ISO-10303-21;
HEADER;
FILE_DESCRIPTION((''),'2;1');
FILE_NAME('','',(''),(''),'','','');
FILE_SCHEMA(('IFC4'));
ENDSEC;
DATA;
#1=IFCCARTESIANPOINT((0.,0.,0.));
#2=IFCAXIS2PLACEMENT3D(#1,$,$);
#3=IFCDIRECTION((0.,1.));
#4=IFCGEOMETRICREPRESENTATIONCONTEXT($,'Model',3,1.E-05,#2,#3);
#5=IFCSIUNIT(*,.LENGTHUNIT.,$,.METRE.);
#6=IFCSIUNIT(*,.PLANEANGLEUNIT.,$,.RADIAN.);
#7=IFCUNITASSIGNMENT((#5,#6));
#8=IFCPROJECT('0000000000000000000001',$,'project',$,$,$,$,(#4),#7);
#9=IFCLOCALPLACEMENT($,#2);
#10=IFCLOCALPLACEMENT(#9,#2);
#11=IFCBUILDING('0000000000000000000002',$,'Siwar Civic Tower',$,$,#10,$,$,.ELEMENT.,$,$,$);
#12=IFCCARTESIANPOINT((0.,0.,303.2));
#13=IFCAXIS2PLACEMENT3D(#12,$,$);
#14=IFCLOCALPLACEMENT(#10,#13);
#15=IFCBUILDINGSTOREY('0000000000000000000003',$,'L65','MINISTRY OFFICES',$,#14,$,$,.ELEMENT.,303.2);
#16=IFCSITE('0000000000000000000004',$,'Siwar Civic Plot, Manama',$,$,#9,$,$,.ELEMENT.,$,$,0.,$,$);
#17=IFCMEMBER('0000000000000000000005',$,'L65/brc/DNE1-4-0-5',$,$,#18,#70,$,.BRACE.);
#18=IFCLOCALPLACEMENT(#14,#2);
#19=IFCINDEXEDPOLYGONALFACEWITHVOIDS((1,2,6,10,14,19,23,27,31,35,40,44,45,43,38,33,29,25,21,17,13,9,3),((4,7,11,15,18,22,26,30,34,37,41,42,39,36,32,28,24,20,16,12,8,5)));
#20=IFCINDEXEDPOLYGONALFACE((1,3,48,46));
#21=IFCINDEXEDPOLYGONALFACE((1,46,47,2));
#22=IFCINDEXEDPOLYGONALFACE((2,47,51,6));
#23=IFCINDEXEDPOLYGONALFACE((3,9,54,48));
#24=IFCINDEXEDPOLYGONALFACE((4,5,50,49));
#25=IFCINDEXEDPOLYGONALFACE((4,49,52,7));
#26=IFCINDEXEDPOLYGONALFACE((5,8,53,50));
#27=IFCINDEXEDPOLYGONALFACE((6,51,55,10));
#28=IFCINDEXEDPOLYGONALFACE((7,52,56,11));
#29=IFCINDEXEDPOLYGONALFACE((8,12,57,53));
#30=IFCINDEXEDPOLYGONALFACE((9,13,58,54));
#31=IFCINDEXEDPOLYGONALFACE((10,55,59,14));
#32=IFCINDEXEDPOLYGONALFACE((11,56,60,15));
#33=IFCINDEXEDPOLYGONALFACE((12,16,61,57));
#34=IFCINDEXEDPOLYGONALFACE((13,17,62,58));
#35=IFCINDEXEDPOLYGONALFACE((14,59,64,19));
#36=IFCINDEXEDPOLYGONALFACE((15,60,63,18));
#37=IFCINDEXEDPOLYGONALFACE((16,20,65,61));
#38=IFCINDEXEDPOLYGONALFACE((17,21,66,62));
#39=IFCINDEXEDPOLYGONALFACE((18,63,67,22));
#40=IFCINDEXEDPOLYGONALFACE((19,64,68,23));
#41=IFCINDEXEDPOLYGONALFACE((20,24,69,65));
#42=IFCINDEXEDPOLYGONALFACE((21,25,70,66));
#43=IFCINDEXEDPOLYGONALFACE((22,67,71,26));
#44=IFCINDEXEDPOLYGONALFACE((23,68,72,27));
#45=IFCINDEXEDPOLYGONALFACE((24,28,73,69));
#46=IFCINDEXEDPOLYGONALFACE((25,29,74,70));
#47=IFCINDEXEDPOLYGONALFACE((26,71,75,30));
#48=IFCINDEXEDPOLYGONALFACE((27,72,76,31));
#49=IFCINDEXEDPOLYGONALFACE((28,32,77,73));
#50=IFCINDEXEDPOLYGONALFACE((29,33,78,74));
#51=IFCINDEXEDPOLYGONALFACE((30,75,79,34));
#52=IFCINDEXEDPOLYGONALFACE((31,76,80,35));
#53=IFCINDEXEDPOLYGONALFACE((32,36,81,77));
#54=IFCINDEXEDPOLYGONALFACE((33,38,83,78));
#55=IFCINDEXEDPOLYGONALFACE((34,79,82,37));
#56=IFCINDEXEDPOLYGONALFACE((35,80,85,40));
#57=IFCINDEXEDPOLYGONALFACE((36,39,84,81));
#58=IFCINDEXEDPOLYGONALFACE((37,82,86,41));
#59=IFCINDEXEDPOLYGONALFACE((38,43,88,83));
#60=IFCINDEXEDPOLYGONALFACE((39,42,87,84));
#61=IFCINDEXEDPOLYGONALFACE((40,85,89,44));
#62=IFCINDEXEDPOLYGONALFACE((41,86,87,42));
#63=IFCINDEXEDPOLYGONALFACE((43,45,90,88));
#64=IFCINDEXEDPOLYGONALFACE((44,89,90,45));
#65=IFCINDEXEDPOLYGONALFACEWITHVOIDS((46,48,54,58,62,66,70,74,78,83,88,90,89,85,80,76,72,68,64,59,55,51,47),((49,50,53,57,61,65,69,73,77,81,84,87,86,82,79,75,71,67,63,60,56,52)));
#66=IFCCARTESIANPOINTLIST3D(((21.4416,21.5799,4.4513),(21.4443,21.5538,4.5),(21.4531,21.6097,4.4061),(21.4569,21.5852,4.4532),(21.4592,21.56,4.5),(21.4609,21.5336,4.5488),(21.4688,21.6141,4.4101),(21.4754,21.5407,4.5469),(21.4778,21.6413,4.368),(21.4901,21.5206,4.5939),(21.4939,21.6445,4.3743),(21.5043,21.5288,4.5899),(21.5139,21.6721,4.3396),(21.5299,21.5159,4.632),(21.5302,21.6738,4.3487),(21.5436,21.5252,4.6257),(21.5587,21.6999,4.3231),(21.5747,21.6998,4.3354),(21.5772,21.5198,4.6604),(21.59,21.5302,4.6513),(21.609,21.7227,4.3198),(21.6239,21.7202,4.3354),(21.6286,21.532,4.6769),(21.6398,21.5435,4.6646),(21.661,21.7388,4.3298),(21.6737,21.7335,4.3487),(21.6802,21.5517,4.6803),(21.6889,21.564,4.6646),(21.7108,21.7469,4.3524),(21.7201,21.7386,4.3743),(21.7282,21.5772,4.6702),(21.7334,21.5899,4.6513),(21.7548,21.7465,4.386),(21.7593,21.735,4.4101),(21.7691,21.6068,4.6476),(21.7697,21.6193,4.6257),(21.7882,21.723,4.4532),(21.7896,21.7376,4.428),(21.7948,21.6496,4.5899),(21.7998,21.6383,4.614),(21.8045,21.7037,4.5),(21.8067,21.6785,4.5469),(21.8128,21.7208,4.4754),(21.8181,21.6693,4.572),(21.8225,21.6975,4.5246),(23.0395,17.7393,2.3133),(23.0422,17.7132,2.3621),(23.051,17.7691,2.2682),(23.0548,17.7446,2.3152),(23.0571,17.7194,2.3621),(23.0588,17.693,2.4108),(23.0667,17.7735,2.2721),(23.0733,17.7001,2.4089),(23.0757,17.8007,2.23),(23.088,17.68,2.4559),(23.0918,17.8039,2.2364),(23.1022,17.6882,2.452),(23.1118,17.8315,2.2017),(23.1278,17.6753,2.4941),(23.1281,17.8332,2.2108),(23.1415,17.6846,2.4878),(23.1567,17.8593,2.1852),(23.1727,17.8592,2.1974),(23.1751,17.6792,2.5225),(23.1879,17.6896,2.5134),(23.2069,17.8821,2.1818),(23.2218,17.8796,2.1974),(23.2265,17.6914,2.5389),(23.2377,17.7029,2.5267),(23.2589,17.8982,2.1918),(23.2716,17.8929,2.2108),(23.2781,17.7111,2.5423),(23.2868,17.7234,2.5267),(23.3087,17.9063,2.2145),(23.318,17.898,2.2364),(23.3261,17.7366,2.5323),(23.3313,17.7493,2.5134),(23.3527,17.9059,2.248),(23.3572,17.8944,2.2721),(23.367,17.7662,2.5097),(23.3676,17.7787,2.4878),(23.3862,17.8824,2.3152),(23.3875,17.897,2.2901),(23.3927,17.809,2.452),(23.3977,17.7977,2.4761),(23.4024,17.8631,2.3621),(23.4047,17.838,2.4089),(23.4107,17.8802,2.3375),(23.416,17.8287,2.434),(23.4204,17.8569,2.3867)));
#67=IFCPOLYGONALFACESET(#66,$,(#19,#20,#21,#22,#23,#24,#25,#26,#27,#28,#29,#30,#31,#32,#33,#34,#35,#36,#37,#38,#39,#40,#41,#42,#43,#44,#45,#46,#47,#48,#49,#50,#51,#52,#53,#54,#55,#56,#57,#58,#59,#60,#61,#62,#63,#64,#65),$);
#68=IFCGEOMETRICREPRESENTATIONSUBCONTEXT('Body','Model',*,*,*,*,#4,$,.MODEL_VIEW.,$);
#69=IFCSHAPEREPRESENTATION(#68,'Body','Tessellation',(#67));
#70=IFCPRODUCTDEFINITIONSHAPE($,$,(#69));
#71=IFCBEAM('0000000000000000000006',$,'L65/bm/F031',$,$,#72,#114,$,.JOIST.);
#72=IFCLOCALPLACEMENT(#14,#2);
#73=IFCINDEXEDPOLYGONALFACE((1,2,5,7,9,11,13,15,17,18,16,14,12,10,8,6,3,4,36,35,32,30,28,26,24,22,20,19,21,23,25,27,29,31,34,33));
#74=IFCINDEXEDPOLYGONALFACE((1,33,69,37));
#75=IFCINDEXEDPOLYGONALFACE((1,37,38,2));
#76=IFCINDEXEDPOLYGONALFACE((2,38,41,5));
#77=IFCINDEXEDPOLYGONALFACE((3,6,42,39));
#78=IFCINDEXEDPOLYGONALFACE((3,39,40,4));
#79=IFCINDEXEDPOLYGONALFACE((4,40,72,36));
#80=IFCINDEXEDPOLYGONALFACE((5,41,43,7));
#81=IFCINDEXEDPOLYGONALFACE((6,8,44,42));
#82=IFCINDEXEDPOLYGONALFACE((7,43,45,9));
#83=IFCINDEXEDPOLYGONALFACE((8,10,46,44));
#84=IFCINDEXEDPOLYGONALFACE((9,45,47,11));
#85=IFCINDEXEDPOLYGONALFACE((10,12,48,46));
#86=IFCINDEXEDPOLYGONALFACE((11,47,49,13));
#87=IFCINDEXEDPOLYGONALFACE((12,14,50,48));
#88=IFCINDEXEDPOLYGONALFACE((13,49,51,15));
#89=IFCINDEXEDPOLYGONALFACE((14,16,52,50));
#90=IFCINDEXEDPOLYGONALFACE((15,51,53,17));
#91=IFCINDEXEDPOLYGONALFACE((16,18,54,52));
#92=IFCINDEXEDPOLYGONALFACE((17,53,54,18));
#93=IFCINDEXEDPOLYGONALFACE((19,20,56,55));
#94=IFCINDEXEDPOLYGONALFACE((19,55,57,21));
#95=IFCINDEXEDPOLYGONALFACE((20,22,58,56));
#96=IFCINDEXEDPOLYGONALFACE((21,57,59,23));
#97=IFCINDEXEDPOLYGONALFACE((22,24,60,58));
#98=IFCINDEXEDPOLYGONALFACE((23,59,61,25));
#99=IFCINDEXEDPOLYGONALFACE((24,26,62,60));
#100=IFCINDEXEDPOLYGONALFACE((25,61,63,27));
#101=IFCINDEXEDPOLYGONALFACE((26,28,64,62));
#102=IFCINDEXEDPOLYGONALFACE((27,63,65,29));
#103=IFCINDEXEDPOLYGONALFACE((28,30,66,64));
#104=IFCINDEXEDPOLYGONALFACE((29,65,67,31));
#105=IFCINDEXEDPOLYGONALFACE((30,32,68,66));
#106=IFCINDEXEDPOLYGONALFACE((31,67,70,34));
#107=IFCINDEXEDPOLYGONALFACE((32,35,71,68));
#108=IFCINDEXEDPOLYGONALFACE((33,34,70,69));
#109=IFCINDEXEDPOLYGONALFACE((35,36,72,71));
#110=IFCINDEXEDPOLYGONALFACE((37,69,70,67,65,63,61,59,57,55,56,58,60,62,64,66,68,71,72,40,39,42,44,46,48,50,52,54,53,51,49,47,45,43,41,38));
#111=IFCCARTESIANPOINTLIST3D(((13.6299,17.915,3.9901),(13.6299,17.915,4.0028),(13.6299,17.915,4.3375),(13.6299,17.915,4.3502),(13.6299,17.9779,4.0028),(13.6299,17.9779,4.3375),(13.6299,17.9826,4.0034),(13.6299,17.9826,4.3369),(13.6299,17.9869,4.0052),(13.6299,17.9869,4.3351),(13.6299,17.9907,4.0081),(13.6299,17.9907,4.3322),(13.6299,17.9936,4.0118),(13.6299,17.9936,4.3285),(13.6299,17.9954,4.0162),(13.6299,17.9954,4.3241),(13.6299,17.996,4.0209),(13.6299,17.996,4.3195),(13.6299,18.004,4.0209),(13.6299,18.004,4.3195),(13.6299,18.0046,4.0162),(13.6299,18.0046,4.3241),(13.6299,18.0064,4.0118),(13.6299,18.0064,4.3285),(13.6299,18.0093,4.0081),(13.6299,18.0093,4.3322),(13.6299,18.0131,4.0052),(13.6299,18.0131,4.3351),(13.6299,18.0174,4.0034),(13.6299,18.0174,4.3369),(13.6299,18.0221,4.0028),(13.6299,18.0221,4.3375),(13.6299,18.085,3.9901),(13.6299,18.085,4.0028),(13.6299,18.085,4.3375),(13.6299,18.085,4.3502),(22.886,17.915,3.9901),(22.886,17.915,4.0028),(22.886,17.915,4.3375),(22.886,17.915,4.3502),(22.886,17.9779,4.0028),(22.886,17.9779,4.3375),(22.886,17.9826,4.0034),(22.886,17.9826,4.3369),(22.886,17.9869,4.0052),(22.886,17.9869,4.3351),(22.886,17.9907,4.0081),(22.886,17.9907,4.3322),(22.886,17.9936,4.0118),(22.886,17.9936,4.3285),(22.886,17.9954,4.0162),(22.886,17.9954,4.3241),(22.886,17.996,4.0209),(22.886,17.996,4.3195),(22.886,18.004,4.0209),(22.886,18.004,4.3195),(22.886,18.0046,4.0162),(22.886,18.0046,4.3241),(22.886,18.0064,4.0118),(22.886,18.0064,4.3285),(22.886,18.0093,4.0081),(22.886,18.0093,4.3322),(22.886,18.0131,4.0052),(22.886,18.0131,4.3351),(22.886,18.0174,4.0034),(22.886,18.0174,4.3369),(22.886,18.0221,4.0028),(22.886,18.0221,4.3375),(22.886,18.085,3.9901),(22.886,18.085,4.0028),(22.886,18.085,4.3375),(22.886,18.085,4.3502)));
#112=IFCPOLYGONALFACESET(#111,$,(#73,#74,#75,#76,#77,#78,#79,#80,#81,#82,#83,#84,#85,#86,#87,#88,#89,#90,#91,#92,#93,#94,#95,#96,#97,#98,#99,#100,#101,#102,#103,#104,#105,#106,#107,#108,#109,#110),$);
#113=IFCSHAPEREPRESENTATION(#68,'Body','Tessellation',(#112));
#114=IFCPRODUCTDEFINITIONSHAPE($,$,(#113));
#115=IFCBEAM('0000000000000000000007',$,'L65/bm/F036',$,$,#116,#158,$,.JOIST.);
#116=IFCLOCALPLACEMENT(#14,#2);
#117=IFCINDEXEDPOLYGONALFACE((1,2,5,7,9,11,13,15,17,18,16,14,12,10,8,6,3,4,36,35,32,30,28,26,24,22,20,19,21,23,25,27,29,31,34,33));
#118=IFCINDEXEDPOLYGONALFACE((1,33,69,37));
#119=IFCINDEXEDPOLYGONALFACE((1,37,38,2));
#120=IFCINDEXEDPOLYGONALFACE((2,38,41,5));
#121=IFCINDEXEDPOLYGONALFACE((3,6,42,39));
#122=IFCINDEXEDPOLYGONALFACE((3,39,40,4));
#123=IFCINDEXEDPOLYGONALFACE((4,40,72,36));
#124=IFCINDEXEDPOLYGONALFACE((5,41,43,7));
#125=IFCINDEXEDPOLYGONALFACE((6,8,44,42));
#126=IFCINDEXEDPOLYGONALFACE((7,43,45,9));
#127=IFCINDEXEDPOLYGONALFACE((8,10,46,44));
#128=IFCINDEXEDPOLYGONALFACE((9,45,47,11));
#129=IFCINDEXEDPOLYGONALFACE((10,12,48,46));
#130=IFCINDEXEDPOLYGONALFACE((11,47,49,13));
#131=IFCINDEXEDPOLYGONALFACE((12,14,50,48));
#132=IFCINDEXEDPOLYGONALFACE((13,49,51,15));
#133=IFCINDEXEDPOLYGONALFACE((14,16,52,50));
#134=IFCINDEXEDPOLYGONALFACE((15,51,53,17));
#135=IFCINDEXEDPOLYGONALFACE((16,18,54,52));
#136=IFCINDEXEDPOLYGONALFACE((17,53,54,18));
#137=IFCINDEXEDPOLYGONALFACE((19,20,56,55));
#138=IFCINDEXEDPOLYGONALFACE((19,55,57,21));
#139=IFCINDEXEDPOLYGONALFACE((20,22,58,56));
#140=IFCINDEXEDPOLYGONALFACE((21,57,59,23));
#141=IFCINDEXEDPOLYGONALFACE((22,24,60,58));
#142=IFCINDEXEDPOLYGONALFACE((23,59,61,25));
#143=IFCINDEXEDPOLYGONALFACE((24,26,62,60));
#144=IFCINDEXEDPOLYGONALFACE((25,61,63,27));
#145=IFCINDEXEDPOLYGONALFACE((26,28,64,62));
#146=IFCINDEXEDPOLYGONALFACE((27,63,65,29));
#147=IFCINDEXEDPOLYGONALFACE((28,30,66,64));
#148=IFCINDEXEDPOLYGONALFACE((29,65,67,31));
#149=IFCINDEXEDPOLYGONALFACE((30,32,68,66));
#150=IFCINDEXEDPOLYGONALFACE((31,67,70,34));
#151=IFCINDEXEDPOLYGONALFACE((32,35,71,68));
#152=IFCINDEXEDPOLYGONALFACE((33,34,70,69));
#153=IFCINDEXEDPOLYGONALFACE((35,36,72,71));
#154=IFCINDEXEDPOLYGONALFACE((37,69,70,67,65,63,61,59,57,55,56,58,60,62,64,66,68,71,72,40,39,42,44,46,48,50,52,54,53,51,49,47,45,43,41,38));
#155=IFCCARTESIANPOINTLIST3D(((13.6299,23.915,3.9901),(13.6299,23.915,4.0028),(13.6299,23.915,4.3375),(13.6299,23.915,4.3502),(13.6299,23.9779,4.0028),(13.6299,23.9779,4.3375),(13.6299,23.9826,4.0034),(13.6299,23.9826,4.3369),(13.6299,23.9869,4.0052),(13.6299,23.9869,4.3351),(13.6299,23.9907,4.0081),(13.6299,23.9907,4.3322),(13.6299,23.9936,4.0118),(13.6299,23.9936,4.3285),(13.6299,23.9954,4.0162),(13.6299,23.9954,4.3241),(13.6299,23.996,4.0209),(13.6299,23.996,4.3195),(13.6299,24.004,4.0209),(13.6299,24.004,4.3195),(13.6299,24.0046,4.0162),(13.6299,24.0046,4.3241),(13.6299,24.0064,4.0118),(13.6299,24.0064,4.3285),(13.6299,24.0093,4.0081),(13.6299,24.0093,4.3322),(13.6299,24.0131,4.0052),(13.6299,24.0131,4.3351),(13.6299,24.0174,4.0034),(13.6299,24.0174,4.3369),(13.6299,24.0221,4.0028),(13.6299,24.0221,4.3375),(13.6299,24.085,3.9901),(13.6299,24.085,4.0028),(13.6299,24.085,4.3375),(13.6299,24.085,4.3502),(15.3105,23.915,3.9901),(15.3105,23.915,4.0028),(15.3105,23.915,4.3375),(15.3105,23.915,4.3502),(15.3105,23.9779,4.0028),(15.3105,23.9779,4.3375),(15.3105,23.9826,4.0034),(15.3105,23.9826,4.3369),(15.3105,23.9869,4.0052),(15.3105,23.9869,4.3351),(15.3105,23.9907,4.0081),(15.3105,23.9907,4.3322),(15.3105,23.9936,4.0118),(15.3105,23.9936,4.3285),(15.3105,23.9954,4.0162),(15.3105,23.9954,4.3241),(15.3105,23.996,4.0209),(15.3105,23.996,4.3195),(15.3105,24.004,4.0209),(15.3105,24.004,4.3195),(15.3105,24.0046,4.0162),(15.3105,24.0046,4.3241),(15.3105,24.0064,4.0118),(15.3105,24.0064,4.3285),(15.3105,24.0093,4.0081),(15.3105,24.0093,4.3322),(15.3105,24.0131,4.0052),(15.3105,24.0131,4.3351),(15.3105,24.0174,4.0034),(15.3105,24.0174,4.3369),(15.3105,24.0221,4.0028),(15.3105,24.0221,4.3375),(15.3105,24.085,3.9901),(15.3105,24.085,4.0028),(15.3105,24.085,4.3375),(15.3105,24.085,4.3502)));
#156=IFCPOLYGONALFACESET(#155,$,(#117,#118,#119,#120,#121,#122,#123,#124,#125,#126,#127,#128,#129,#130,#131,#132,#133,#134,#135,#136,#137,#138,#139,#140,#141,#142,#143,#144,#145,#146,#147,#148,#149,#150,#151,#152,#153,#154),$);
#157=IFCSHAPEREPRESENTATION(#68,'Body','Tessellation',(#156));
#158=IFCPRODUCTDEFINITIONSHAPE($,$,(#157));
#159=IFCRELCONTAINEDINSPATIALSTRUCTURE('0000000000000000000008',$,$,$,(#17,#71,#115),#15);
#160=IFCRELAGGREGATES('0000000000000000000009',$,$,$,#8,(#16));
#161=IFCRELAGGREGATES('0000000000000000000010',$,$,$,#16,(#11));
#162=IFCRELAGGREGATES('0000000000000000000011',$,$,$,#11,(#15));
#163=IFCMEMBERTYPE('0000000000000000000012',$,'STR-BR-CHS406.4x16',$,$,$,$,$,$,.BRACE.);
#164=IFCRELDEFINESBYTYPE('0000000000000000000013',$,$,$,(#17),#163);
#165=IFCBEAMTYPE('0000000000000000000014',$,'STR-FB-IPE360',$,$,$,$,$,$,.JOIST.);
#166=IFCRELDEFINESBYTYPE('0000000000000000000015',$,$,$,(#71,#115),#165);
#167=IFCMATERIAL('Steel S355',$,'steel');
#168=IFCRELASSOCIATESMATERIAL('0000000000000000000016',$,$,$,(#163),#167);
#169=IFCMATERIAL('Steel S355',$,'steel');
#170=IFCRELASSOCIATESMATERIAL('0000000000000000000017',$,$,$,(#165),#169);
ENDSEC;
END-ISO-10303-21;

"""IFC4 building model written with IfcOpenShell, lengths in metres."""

from ifc_helpers import new_model, si_unit, direction, frame, origin, origin_2d, place, context, subcontext, project, spatial, hollow_circle, i_section, extrude, material, material_profile, profile_set, type_object, element, save


model = new_model("IFC4")

# Units and contexts
model_context = context("Model", 3, precision=1e-05, world=origin(), true_north=direction((0.0, 1.0)))
body_context = subcontext(model_context, "Body", "Model", "MODEL_VIEW")
ifc_project = project(units=[si_unit("LENGTHUNIT", "METRE"), si_unit("PLANEANGLEUNIT", "RADIAN")], contexts=[model_context])

# Site, building, storey
site_placement = place(None, origin())
site = spatial("IfcSite", under=ifc_project, at=site_placement, Name="Siwar Civic Plot, Manama", CompositionType="ELEMENT", RefElevation=0.0)
building_placement = place(site_placement, origin())
building = spatial("IfcBuilding", under=site, at=building_placement, Name="Siwar Civic Tower", CompositionType="ELEMENT")
storey_placement = place(building_placement, frame((0.0, 0.0, 303.2)))
storey = spatial("IfcBuildingStorey", under=building, at=storey_placement, Name="L65", Description="MINISTRY OFFICES", CompositionType="ELEMENT", Elevation=303.2)

# Member
ifc_material_1 = material(Name="Steel S355", Category="steel")
ifc_material_profile_1 = material_profile(ifc_material_1, hollow_circle(Radius=0.2031, WallThickness=0.0161, at=origin_2d()), Name="CHS406.4x16")
ifc_profile_set_1 = profile_set([ifc_material_profile_1], Name="Steel S355")
member_type_1 = type_object("IfcMemberType", Name="STR-BR-CHS406.4x16", PredefinedType="BRACE", material=ifc_profile_set_1)
for number, where, z_axis, x_axis, name in (
    (1, (23.2297, 17.7913, 2.3621), (-0.341653, 0.821167, 0.45712), (-0.923276, -0.384136, 0.0), "L65/brc/DNE1-4-0-5"),
):
    element("IfcMember", number, at=place(storey_placement, frame(where, z_axis=z_axis, x_axis=x_axis)), inside=storey, type_object=member_type_1, Name=name, PredefinedType="BRACE", context=body_context, shape_type="SweptSolid", body=[
        extrude(hollow_circle(Radius=0.2031, WallThickness=0.0161, at=origin_2d()), origin(), (0.0, 0.0, 1.0), 4.677),
    ])

# Beams
ifc_material_2 = material(Name="Steel S355", Category="steel")
ifc_material_profile_2 = material_profile(ifc_material_2, i_section(OverallWidth=0.1699, OverallDepth=0.3601, WebThickness=0.0081, FlangeThickness=0.0127, FilletRadius=0.0181, at=origin_2d()), Name="IPE360")
ifc_profile_set_2 = profile_set([ifc_material_profile_2], Name="Steel S355")
beam_type_1 = type_object("IfcBeamType", Name="STR-FB-IPE360", PredefinedType="JOIST", material=ifc_profile_set_2)
beam_1_placement = place(storey_placement, frame((13.6299, 18.0, 4.1702), z_axis=(1.0, 0.0, 0.0), x_axis=(0.0, 1.0, 0.0)))
element("IfcBeam", 2, at=beam_1_placement, inside=storey, type_object=beam_type_1, Name="L65/bm/F031", PredefinedType="JOIST", context=body_context, shape_type="SweptSolid", body=[
    extrude(i_section(OverallWidth=0.1699, OverallDepth=0.3601, WebThickness=0.0081, FlangeThickness=0.0127, FilletRadius=0.0181, at=origin_2d()), origin(), (0.0, 0.0, 1.0), 9.2561),
])
beam_2_placement = place(storey_placement, frame((13.6299, 24.0, 4.1702), z_axis=(1.0, 0.0, 0.0), x_axis=(0.0, 1.0, 0.0)))
element("IfcBeam", 3, at=beam_2_placement, inside=storey, type_object=beam_type_1, Name="L65/bm/F036", PredefinedType="JOIST", context=body_context, shape_type="SweptSolid", body=[
    extrude(i_section(OverallWidth=0.1699, OverallDepth=0.3601, WebThickness=0.0081, FlangeThickness=0.0127, FilletRadius=0.0181, at=origin_2d()), origin(), (0.0, 0.0, 1.0), 1.6807),
])

save(model, "model.ifc")
